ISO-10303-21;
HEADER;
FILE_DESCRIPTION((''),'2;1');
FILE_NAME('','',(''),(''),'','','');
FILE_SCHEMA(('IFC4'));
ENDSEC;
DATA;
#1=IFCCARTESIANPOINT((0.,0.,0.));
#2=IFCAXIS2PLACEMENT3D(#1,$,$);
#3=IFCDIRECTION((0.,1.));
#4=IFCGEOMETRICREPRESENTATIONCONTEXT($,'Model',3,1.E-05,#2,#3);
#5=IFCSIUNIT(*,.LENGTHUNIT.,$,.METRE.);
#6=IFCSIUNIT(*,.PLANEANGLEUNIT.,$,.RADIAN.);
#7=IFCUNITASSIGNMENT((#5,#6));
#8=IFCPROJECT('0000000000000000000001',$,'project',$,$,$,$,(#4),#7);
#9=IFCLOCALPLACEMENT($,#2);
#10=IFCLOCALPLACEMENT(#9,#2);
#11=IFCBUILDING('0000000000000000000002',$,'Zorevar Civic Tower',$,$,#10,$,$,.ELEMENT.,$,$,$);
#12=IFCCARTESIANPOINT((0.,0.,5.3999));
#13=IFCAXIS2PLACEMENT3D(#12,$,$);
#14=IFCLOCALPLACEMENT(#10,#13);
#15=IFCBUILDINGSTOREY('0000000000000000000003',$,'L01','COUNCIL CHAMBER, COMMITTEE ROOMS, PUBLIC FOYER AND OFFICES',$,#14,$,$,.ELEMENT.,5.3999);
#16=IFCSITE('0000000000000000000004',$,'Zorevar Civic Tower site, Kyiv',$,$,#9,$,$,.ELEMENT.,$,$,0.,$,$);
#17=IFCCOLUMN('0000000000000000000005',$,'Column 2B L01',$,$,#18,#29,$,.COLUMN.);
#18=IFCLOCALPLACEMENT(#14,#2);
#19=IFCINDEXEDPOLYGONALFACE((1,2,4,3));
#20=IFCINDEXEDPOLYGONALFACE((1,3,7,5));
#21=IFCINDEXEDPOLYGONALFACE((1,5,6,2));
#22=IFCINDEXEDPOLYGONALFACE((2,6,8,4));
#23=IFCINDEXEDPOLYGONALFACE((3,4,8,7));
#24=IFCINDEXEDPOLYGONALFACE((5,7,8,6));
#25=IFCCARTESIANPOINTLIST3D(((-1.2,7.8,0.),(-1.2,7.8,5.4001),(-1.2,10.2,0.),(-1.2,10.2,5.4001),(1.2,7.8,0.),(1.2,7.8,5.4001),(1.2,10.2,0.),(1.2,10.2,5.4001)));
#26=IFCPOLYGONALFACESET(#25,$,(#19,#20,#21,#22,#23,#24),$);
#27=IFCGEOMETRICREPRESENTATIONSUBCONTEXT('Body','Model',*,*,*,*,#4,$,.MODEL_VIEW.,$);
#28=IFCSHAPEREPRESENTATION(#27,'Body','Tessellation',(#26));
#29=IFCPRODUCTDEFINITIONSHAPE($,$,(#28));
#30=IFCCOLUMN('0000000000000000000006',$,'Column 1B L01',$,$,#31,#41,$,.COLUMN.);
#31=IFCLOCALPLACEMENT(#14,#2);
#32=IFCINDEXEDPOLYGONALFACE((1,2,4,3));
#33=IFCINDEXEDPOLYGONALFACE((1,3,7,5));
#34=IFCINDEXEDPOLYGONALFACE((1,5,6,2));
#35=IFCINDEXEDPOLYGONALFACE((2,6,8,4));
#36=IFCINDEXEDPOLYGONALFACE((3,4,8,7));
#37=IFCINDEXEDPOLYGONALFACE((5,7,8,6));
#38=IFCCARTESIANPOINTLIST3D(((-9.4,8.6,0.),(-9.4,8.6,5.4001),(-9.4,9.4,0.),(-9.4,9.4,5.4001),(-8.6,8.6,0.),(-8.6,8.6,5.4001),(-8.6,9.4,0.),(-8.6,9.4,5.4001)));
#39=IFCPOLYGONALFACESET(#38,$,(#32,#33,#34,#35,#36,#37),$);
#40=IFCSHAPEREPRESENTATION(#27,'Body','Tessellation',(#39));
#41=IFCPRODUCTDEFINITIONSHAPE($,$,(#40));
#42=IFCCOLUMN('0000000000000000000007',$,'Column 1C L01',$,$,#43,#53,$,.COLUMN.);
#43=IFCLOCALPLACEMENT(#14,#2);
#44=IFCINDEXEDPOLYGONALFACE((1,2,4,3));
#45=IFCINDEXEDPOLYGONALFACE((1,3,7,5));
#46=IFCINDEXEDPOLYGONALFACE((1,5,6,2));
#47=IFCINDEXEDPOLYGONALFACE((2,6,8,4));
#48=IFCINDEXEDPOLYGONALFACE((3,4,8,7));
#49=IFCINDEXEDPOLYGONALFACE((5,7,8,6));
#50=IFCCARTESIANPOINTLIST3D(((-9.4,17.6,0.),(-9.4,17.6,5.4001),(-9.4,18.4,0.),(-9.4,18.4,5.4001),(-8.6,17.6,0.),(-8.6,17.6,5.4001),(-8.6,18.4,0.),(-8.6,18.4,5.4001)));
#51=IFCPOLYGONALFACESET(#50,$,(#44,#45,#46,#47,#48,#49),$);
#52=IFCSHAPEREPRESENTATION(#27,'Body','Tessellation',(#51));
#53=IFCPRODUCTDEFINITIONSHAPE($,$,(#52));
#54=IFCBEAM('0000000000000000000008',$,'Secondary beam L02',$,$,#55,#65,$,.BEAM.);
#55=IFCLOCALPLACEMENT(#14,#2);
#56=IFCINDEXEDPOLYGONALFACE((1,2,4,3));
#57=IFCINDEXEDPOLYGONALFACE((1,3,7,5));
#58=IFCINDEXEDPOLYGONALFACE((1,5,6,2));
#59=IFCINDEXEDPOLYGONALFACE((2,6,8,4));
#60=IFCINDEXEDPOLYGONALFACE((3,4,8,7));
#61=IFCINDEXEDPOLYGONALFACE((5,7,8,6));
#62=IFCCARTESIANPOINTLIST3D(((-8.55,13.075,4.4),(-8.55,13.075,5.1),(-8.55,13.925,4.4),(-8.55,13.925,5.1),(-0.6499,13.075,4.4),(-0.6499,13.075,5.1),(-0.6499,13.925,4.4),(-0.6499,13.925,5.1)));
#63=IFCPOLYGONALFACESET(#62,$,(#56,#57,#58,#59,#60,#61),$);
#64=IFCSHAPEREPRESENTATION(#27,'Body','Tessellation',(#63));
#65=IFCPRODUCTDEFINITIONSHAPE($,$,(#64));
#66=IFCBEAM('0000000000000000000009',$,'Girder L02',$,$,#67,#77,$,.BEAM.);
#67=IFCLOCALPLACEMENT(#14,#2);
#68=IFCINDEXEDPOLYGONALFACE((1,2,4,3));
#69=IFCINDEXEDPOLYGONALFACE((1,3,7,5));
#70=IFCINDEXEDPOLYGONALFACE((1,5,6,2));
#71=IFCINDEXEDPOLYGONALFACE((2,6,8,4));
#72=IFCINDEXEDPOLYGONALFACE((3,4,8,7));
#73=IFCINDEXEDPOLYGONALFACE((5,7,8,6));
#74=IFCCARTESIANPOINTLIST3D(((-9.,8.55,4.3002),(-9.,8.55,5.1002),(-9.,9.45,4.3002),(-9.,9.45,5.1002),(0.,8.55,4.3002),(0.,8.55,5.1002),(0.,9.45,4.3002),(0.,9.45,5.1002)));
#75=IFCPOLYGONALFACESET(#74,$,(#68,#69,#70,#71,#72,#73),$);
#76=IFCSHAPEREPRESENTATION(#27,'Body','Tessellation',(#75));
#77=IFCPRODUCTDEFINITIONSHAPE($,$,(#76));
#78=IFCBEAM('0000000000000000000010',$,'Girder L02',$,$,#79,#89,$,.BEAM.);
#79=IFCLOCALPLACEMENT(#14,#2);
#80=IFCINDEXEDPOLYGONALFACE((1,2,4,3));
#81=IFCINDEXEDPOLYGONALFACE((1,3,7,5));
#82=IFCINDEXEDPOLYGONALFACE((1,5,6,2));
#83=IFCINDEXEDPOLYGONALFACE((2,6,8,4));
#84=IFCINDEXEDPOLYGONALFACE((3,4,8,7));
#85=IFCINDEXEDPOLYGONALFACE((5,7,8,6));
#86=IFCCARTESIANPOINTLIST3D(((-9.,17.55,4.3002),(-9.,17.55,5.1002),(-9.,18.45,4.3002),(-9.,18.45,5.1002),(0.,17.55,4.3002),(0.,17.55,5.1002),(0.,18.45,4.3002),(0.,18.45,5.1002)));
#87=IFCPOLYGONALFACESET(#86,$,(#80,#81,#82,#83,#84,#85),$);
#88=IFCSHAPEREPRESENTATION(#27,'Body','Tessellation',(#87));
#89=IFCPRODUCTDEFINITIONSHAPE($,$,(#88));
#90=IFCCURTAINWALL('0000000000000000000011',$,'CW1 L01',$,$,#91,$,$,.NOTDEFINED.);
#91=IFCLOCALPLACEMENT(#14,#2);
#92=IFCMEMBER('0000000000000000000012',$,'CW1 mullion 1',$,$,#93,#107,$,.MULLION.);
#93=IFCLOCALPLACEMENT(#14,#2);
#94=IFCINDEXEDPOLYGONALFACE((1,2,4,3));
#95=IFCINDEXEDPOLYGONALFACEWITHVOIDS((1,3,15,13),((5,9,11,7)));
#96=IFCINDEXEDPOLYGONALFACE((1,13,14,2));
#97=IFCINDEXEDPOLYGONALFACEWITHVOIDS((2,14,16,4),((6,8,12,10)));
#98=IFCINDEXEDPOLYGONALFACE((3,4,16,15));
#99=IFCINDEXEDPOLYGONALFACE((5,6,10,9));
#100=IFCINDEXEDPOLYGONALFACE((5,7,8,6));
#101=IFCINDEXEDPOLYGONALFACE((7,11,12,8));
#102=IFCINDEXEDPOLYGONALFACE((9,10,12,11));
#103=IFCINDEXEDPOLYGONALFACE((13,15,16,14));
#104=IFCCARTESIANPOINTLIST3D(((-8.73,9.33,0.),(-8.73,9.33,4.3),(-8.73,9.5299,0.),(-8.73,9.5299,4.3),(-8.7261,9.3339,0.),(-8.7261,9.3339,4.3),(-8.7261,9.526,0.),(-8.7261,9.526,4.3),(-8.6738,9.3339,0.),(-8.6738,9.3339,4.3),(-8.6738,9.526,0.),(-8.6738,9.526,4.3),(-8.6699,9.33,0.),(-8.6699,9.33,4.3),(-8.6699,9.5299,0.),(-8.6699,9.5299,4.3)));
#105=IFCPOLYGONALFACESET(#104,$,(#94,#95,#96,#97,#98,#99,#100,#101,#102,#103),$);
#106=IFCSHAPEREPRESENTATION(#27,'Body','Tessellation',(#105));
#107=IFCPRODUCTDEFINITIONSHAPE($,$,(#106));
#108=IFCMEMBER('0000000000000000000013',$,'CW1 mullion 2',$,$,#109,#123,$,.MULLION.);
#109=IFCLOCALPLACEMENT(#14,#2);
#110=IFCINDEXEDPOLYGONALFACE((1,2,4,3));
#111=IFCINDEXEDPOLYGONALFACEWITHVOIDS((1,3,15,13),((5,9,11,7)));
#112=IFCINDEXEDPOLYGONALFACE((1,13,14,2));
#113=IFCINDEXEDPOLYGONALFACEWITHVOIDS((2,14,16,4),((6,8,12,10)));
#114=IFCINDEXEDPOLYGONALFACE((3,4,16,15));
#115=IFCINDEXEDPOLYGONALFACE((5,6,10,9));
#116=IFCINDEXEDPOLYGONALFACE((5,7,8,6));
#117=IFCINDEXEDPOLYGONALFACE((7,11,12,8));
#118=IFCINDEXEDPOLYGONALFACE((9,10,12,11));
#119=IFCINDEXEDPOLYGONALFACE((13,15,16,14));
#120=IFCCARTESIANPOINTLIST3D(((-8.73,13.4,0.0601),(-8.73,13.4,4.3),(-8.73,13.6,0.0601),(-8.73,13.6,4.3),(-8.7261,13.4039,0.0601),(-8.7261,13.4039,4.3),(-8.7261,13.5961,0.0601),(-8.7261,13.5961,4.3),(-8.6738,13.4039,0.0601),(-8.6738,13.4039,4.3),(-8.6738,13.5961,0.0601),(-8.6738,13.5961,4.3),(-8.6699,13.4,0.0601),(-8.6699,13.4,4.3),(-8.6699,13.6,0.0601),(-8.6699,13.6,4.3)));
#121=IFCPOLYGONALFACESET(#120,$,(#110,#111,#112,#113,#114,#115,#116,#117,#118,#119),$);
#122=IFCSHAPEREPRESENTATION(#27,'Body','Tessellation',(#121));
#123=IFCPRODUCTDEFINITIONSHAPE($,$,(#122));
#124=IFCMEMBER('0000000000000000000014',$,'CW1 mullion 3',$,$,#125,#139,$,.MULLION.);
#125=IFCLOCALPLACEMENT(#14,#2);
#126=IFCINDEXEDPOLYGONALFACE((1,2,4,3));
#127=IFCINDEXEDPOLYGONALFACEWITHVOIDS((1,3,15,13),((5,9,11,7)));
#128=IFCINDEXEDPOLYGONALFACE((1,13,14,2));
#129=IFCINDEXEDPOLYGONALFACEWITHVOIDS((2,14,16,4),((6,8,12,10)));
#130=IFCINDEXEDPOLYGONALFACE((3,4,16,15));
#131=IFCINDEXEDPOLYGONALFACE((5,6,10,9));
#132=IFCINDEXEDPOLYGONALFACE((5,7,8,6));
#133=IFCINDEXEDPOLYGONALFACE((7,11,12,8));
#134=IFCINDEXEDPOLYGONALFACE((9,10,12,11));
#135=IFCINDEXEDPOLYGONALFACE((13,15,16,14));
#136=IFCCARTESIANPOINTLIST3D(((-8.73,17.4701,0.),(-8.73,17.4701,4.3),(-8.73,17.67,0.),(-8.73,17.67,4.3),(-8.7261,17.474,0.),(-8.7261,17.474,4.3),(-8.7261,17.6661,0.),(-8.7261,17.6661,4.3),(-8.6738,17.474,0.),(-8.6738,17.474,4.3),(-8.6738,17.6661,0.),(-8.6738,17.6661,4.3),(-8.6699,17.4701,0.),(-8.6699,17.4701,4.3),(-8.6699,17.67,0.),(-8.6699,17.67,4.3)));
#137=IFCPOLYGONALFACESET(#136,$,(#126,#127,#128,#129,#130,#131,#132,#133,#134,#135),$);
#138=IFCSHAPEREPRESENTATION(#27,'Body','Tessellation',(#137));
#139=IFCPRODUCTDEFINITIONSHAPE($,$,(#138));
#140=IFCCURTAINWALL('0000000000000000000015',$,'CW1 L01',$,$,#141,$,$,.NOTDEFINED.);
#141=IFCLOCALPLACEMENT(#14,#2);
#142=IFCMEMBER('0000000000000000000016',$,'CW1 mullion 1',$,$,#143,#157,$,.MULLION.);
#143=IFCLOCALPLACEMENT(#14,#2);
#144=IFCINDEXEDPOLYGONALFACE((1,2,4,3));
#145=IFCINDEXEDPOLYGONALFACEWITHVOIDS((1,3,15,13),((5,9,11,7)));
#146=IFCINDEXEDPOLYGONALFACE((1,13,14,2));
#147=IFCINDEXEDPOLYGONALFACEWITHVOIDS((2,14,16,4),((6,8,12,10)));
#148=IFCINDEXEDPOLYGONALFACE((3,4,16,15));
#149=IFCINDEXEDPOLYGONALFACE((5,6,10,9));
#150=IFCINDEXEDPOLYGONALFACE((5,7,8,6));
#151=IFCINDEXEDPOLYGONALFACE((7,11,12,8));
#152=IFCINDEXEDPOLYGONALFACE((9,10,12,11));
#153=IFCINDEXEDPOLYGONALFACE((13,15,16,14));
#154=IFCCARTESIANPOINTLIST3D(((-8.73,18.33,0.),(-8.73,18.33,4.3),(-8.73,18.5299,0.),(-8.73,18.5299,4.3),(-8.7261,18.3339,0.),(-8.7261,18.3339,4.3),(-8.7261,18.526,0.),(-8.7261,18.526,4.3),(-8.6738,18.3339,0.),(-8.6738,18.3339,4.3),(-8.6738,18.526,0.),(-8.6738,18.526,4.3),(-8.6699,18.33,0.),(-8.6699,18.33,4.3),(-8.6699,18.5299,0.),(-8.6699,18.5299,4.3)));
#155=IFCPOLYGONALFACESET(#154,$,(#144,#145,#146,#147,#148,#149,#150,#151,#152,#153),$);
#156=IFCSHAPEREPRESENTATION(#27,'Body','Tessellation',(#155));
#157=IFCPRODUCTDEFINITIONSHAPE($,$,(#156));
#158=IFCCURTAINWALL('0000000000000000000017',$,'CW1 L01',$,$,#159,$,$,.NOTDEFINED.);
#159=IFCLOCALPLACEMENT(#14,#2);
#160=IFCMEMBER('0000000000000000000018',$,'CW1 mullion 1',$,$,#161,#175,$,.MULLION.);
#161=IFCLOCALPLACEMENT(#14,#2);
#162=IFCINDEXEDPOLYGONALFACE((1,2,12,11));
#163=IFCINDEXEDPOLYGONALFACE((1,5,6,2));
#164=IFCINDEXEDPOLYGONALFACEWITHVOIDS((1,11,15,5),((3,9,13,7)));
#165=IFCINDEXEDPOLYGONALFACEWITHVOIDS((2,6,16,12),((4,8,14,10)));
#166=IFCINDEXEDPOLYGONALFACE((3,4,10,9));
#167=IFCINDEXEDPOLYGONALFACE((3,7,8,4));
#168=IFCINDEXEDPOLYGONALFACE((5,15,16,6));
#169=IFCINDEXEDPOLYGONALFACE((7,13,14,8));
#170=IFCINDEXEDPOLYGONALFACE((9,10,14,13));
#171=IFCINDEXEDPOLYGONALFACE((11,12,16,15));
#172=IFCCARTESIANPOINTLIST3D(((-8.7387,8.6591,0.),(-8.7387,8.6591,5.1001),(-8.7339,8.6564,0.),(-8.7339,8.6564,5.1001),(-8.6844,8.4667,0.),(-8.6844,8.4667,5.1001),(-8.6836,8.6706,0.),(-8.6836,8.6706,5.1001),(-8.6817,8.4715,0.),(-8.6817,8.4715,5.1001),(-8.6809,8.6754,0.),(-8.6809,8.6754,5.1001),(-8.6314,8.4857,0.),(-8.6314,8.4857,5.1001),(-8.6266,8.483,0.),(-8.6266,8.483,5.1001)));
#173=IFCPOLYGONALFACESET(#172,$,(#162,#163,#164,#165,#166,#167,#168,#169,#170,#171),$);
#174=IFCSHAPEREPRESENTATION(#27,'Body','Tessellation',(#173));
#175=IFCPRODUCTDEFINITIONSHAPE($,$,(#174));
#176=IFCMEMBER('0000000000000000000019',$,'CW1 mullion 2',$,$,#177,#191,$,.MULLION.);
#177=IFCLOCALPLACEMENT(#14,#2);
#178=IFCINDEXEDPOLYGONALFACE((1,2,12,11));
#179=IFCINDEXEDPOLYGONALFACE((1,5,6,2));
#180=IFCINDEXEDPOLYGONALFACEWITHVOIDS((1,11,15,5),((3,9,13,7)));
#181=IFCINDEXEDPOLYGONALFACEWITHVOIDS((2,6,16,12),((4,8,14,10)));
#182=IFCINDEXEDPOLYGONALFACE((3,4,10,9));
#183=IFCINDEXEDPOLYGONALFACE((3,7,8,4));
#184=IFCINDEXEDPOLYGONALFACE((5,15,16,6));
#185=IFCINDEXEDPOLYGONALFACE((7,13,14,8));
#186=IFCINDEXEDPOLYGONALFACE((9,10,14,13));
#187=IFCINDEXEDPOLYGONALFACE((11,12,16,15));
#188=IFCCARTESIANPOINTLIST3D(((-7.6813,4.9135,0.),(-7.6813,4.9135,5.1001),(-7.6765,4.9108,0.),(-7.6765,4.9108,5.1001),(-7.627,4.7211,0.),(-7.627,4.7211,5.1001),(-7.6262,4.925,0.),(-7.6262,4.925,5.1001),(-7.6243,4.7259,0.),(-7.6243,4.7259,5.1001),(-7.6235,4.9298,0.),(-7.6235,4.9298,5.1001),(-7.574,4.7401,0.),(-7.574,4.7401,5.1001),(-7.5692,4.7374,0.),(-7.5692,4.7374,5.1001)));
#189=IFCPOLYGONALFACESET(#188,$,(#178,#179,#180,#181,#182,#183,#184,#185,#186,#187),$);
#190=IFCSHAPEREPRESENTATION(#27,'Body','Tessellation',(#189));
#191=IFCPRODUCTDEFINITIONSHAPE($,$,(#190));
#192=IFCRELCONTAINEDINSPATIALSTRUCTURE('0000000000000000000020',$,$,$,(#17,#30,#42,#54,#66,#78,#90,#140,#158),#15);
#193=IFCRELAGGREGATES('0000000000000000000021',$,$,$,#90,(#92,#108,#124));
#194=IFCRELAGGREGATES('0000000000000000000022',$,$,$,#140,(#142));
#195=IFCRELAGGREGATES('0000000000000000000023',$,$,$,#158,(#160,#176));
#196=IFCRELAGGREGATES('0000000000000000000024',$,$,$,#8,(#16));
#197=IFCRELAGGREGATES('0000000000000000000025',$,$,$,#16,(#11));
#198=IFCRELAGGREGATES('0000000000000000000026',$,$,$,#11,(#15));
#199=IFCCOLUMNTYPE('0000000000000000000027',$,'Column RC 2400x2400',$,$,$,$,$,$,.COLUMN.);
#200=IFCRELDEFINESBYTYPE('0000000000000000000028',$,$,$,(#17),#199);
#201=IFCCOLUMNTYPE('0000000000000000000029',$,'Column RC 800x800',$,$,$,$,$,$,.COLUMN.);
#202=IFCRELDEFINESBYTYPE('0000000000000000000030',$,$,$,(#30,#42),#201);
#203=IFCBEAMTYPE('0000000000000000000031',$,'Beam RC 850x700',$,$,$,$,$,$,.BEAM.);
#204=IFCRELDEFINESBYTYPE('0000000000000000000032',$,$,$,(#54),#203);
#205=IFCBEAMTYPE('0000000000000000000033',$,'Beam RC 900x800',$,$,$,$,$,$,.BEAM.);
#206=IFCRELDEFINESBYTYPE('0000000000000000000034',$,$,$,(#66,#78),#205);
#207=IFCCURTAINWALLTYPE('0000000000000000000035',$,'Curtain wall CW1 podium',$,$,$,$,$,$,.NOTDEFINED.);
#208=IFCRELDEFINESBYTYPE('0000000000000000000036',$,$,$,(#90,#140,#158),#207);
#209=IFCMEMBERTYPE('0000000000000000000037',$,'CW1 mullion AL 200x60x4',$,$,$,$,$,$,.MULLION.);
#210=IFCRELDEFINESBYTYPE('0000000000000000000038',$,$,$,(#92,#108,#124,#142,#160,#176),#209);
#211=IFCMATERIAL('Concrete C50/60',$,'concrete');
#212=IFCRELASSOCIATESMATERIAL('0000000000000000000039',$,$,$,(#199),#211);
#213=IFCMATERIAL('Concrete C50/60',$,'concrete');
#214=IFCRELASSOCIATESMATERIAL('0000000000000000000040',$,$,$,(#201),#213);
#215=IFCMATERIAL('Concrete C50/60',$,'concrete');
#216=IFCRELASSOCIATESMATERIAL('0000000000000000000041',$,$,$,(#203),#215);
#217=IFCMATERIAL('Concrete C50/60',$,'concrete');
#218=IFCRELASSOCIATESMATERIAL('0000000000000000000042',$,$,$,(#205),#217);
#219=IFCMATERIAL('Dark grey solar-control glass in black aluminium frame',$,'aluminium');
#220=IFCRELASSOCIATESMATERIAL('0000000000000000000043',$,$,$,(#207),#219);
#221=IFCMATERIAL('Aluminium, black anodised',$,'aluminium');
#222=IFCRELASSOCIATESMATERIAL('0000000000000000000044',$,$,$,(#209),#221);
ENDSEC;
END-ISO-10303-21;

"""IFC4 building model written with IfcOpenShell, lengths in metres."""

from ifc_helpers import new_model, si_unit, direction, frame, origin, origin_2d, place, context, subcontext, project, spatial, rectangle, hollow_rectangle, extrude, material, material_profile, profile_set, type_object, element, aggregate, save


model = new_model("IFC4")

# Units and contexts
model_context = context("Model", 3, precision=1e-05, world=origin(), true_north=direction((0.0, 1.0)))
body_context = subcontext(model_context, "Body", "Model", "MODEL_VIEW")
ifc_project = project(units=[si_unit("LENGTHUNIT", "METRE"), si_unit("PLANEANGLEUNIT", "RADIAN")], contexts=[model_context])

# Site, building, storey
site_placement = place(None, origin())
site = spatial("IfcSite", under=ifc_project, at=site_placement, Name="Zorevar Civic Tower site, Kyiv", CompositionType="ELEMENT", RefElevation=0.0)
building_placement = place(site_placement, origin())
building = spatial("IfcBuilding", under=site, at=building_placement, Name="Zorevar Civic Tower", CompositionType="ELEMENT")
storey_placement = place(building_placement, frame((0.0, 0.0, 5.3999)))
storey = spatial("IfcBuildingStorey", under=building, at=storey_placement, Name="L01", Description="COUNCIL CHAMBER, COMMITTEE ROOMS, PUBLIC FOYER AND OFFICES", CompositionType="ELEMENT", Elevation=5.3999)

# Columns
ifc_material_1 = material(Name="Concrete C50/60", Category="concrete")
ifc_material_profile_1 = material_profile(ifc_material_1, rectangle(XDim=2.3999, YDim=2.3999, at=origin_2d()), Name="RC 2400x2400")
ifc_profile_set_1 = profile_set([ifc_material_profile_1], Name="Concrete C50/60")
column_type_1 = type_object("IfcColumnType", Name="Column RC 2400x2400", PredefinedType="COLUMN", material=ifc_profile_set_1)
column_placement = place(storey_placement, frame((0.0, 9.0, 0.0), z_axis=(0.0, 0.0, 1.0), x_axis=(1.0, 0.0, 0.0)))
element("IfcColumn", 1, at=column_placement, inside=storey, type_object=column_type_1, Name="Column 2B L01", PredefinedType="COLUMN", context=body_context, shape_type="SweptSolid", body=[
    extrude(rectangle(XDim=2.3999, YDim=2.3999, at=origin_2d()), origin(), (0.0, 0.0, 1.0), 5.4001),
])
ifc_material_2 = material(Name="Concrete C50/60", Category="concrete")
ifc_material_profile_2 = material_profile(ifc_material_2, rectangle(XDim=0.8, YDim=0.8, at=origin_2d()), Name="RC 800x800")
ifc_profile_set_2 = profile_set([ifc_material_profile_2], Name="Concrete C50/60")
column_type_2 = type_object("IfcColumnType", Name="Column RC 800x800", PredefinedType="COLUMN", material=ifc_profile_set_2)
for number, where, z_axis, x_axis, name in (
    (2, (-9.0, 9.0, 0.0), (0.0, 0.0, 1.0), (1.0, 0.0, 0.0), "Column 1B L01"),
    (3, (-9.0, 18.0, 0.0), (0.0, 0.0, 1.0), (1.0, 0.0, 0.0), "Column 1C L01"),
):
    element("IfcColumn", number, at=place(storey_placement, frame(where, z_axis=z_axis, x_axis=x_axis)), inside=storey, type_object=column_type_2, Name=name, PredefinedType="COLUMN", context=body_context, shape_type="SweptSolid", body=[
        extrude(rectangle(XDim=0.8, YDim=0.8, at=origin_2d()), origin(), (0.0, 0.0, 1.0), 5.4001),
    ])

# Beams
ifc_material_3 = material(Name="Concrete C50/60", Category="concrete")
ifc_material_profile_3 = material_profile(ifc_material_3, rectangle(XDim=0.8501, YDim=0.7, at=origin_2d()), Name="RC 850x700")
ifc_profile_set_3 = profile_set([ifc_material_profile_3], Name="Concrete C50/60")
beam_type_1 = type_object("IfcBeamType", Name="Beam RC 850x700", PredefinedType="BEAM", material=ifc_profile_set_3)
beam_1_placement = place(storey_placement, frame((-8.55, 13.5, 4.75), z_axis=(1.0, 0.0, 0.0), x_axis=(0.0, 1.0, 0.0)))
element("IfcBeam", 4, at=beam_1_placement, inside=storey, type_object=beam_type_1, Name="Secondary beam L02", PredefinedType="BEAM", context=body_context, shape_type="SweptSolid", body=[
    extrude(rectangle(XDim=0.8501, YDim=0.7, at=origin_2d()), origin(), (0.0, 0.0, 1.0), 7.9001),
])
ifc_material_4 = material(Name="Concrete C50/60", Category="concrete")
ifc_material_profile_4 = material_profile(ifc_material_4, rectangle(XDim=0.8999, YDim=0.8, at=origin_2d()), Name="RC 900x800")
ifc_profile_set_4 = profile_set([ifc_material_profile_4], Name="Concrete C50/60")
beam_type_2 = type_object("IfcBeamType", Name="Beam RC 900x800", PredefinedType="BEAM", material=ifc_profile_set_4)
for number, where, z_axis, x_axis, name in (
    (5, (-9.0, 9.0, 4.7002), (1.0, 0.0, 0.0), (0.0, 1.0, 0.0), "Girder L02"),
    (6, (-9.0, 18.0, 4.7002), (1.0, 0.0, 0.0), (0.0, 1.0, 0.0), "Girder L02"),
):
    element("IfcBeam", number, at=place(storey_placement, frame(where, z_axis=z_axis, x_axis=x_axis)), inside=storey, type_object=beam_type_2, Name=name, PredefinedType="BEAM", context=body_context, shape_type="SweptSolid", body=[
        extrude(rectangle(XDim=0.8999, YDim=0.8, at=origin_2d()), origin(), (0.0, 0.0, 1.0), 9.0),
    ])

# Curtain wall, members
ifc_material_5 = material(Name="Dark grey solar-control glass in black aluminium frame", Category="aluminium")
curtain_wall_type = type_object("IfcCurtainWallType", Name="Curtain wall CW1 podium", PredefinedType="NOTDEFINED", material=ifc_material_5)
curtain_wall_1_placement = place(storey_placement, origin())
curtain_wall_1 = element("IfcCurtainWall", 7, at=curtain_wall_1_placement, inside=storey, type_object=curtain_wall_type, Name="CW1 L01", PredefinedType="NOTDEFINED")
ifc_material_6 = material(Name="Aluminium, black anodised", Category="aluminium")
ifc_material_profile_5 = material_profile(ifc_material_6, hollow_rectangle(XDim=0.0601, YDim=0.2, WallThickness=0.0039, at=origin_2d()), Name="AL 200x60x4")
ifc_profile_set_5 = profile_set([ifc_material_profile_5], Name="Aluminium, black anodised")
member_type_1 = type_object("IfcMemberType", Name="CW1 mullion AL 200x60x4", PredefinedType="MULLION", material=ifc_profile_set_5)
member_1_placement = place(storey_placement, frame((-8.7, 9.4299, 0.0), z_axis=(0.0, 0.0, 1.0), x_axis=(-1.0, 0.0, 0.0)))
member_1 = element("IfcMember", 8, at=member_1_placement, type_object=member_type_1, Name="CW1 mullion 1", PredefinedType="MULLION", context=body_context, shape_type="SweptSolid", body=[
    extrude(hollow_rectangle(XDim=0.0601, YDim=0.2, WallThickness=0.0039, at=origin_2d()), origin(), (0.0, 0.0, 1.0), 4.3),
])
member_2_placement = place(storey_placement, frame((-8.7, 13.5, 0.0601), z_axis=(0.0, 0.0, 1.0), x_axis=(-1.0, 0.0, 0.0)))
member_2 = element("IfcMember", 9, at=member_2_placement, type_object=member_type_1, Name="CW1 mullion 2", PredefinedType="MULLION", context=body_context, shape_type="SweptSolid", body=[
    extrude(hollow_rectangle(XDim=0.0601, YDim=0.2, WallThickness=0.0039, at=origin_2d()), origin(), (0.0, 0.0, 1.0), 4.24),
])
member_3_placement = place(storey_placement, frame((-8.7, 17.5701, 0.0), z_axis=(0.0, 0.0, 1.0), x_axis=(-1.0, 0.0, 0.0)))
member_3 = element("IfcMember", 10, at=member_3_placement, type_object=member_type_1, Name="CW1 mullion 3", PredefinedType="MULLION", context=body_context, shape_type="SweptSolid", body=[
    extrude(hollow_rectangle(XDim=0.0601, YDim=0.2, WallThickness=0.0039, at=origin_2d()), origin(), (0.0, 0.0, 1.0), 4.3),
])

# Curtain wall, member
curtain_wall_2_placement = place(storey_placement, origin())
curtain_wall_2 = element("IfcCurtainWall", 11, at=curtain_wall_2_placement, inside=storey, type_object=curtain_wall_type, Name="CW1 L01", PredefinedType="NOTDEFINED")
member_4_placement = place(storey_placement, frame((-8.7, 18.4299, 0.0), z_axis=(0.0, 0.0, 1.0), x_axis=(-1.0, 0.0, 0.0)))
member_4 = element("IfcMember", 12, at=member_4_placement, type_object=member_type_1, Name="CW1 mullion 1", PredefinedType="MULLION", context=body_context, shape_type="SweptSolid", body=[
    extrude(hollow_rectangle(XDim=0.0601, YDim=0.2, WallThickness=0.0039, at=origin_2d()), origin(), (0.0, 0.0, 1.0), 4.3),
])

# Curtain wall, members
curtain_wall_3_placement = place(storey_placement, origin())
curtain_wall_3 = element("IfcCurtainWall", 13, at=curtain_wall_3_placement, inside=storey, type_object=curtain_wall_type, Name="CW1 L01", PredefinedType="NOTDEFINED")
member_5_placement = place(storey_placement, frame((-8.6826, 8.571, 0.0), z_axis=(0.0, 0.0, 1.0), x_axis=(0.962391, 0.271669, 0.0)))
member_5 = element("IfcMember", 14, at=member_5_placement, type_object=member_type_1, Name="CW1 mullion 1", PredefinedType="MULLION", context=body_context, shape_type="SweptSolid", body=[
    extrude(hollow_rectangle(XDim=0.0601, YDim=0.2, WallThickness=0.0039, at=origin_2d()), origin(), (0.0, 0.0, 1.0), 5.1001),
])
member_6_placement = place(storey_placement, frame((-7.6252, 4.8254, 0.0), z_axis=(0.0, 0.0, 1.0), x_axis=(0.962391, 0.271669, 0.0)))
member_6 = element("IfcMember", 15, at=member_6_placement, type_object=member_type_1, Name="CW1 mullion 2", PredefinedType="MULLION", context=body_context, shape_type="SweptSolid", body=[
    extrude(hollow_rectangle(XDim=0.0601, YDim=0.2, WallThickness=0.0039, at=origin_2d()), origin(), (0.0, 0.0, 1.0), 5.1001),
])

aggregate(curtain_wall_1, [member_1, member_2, member_3])
aggregate(curtain_wall_2, [member_4])
aggregate(curtain_wall_3, [member_5, member_6])

save(model, "model.ifc")
